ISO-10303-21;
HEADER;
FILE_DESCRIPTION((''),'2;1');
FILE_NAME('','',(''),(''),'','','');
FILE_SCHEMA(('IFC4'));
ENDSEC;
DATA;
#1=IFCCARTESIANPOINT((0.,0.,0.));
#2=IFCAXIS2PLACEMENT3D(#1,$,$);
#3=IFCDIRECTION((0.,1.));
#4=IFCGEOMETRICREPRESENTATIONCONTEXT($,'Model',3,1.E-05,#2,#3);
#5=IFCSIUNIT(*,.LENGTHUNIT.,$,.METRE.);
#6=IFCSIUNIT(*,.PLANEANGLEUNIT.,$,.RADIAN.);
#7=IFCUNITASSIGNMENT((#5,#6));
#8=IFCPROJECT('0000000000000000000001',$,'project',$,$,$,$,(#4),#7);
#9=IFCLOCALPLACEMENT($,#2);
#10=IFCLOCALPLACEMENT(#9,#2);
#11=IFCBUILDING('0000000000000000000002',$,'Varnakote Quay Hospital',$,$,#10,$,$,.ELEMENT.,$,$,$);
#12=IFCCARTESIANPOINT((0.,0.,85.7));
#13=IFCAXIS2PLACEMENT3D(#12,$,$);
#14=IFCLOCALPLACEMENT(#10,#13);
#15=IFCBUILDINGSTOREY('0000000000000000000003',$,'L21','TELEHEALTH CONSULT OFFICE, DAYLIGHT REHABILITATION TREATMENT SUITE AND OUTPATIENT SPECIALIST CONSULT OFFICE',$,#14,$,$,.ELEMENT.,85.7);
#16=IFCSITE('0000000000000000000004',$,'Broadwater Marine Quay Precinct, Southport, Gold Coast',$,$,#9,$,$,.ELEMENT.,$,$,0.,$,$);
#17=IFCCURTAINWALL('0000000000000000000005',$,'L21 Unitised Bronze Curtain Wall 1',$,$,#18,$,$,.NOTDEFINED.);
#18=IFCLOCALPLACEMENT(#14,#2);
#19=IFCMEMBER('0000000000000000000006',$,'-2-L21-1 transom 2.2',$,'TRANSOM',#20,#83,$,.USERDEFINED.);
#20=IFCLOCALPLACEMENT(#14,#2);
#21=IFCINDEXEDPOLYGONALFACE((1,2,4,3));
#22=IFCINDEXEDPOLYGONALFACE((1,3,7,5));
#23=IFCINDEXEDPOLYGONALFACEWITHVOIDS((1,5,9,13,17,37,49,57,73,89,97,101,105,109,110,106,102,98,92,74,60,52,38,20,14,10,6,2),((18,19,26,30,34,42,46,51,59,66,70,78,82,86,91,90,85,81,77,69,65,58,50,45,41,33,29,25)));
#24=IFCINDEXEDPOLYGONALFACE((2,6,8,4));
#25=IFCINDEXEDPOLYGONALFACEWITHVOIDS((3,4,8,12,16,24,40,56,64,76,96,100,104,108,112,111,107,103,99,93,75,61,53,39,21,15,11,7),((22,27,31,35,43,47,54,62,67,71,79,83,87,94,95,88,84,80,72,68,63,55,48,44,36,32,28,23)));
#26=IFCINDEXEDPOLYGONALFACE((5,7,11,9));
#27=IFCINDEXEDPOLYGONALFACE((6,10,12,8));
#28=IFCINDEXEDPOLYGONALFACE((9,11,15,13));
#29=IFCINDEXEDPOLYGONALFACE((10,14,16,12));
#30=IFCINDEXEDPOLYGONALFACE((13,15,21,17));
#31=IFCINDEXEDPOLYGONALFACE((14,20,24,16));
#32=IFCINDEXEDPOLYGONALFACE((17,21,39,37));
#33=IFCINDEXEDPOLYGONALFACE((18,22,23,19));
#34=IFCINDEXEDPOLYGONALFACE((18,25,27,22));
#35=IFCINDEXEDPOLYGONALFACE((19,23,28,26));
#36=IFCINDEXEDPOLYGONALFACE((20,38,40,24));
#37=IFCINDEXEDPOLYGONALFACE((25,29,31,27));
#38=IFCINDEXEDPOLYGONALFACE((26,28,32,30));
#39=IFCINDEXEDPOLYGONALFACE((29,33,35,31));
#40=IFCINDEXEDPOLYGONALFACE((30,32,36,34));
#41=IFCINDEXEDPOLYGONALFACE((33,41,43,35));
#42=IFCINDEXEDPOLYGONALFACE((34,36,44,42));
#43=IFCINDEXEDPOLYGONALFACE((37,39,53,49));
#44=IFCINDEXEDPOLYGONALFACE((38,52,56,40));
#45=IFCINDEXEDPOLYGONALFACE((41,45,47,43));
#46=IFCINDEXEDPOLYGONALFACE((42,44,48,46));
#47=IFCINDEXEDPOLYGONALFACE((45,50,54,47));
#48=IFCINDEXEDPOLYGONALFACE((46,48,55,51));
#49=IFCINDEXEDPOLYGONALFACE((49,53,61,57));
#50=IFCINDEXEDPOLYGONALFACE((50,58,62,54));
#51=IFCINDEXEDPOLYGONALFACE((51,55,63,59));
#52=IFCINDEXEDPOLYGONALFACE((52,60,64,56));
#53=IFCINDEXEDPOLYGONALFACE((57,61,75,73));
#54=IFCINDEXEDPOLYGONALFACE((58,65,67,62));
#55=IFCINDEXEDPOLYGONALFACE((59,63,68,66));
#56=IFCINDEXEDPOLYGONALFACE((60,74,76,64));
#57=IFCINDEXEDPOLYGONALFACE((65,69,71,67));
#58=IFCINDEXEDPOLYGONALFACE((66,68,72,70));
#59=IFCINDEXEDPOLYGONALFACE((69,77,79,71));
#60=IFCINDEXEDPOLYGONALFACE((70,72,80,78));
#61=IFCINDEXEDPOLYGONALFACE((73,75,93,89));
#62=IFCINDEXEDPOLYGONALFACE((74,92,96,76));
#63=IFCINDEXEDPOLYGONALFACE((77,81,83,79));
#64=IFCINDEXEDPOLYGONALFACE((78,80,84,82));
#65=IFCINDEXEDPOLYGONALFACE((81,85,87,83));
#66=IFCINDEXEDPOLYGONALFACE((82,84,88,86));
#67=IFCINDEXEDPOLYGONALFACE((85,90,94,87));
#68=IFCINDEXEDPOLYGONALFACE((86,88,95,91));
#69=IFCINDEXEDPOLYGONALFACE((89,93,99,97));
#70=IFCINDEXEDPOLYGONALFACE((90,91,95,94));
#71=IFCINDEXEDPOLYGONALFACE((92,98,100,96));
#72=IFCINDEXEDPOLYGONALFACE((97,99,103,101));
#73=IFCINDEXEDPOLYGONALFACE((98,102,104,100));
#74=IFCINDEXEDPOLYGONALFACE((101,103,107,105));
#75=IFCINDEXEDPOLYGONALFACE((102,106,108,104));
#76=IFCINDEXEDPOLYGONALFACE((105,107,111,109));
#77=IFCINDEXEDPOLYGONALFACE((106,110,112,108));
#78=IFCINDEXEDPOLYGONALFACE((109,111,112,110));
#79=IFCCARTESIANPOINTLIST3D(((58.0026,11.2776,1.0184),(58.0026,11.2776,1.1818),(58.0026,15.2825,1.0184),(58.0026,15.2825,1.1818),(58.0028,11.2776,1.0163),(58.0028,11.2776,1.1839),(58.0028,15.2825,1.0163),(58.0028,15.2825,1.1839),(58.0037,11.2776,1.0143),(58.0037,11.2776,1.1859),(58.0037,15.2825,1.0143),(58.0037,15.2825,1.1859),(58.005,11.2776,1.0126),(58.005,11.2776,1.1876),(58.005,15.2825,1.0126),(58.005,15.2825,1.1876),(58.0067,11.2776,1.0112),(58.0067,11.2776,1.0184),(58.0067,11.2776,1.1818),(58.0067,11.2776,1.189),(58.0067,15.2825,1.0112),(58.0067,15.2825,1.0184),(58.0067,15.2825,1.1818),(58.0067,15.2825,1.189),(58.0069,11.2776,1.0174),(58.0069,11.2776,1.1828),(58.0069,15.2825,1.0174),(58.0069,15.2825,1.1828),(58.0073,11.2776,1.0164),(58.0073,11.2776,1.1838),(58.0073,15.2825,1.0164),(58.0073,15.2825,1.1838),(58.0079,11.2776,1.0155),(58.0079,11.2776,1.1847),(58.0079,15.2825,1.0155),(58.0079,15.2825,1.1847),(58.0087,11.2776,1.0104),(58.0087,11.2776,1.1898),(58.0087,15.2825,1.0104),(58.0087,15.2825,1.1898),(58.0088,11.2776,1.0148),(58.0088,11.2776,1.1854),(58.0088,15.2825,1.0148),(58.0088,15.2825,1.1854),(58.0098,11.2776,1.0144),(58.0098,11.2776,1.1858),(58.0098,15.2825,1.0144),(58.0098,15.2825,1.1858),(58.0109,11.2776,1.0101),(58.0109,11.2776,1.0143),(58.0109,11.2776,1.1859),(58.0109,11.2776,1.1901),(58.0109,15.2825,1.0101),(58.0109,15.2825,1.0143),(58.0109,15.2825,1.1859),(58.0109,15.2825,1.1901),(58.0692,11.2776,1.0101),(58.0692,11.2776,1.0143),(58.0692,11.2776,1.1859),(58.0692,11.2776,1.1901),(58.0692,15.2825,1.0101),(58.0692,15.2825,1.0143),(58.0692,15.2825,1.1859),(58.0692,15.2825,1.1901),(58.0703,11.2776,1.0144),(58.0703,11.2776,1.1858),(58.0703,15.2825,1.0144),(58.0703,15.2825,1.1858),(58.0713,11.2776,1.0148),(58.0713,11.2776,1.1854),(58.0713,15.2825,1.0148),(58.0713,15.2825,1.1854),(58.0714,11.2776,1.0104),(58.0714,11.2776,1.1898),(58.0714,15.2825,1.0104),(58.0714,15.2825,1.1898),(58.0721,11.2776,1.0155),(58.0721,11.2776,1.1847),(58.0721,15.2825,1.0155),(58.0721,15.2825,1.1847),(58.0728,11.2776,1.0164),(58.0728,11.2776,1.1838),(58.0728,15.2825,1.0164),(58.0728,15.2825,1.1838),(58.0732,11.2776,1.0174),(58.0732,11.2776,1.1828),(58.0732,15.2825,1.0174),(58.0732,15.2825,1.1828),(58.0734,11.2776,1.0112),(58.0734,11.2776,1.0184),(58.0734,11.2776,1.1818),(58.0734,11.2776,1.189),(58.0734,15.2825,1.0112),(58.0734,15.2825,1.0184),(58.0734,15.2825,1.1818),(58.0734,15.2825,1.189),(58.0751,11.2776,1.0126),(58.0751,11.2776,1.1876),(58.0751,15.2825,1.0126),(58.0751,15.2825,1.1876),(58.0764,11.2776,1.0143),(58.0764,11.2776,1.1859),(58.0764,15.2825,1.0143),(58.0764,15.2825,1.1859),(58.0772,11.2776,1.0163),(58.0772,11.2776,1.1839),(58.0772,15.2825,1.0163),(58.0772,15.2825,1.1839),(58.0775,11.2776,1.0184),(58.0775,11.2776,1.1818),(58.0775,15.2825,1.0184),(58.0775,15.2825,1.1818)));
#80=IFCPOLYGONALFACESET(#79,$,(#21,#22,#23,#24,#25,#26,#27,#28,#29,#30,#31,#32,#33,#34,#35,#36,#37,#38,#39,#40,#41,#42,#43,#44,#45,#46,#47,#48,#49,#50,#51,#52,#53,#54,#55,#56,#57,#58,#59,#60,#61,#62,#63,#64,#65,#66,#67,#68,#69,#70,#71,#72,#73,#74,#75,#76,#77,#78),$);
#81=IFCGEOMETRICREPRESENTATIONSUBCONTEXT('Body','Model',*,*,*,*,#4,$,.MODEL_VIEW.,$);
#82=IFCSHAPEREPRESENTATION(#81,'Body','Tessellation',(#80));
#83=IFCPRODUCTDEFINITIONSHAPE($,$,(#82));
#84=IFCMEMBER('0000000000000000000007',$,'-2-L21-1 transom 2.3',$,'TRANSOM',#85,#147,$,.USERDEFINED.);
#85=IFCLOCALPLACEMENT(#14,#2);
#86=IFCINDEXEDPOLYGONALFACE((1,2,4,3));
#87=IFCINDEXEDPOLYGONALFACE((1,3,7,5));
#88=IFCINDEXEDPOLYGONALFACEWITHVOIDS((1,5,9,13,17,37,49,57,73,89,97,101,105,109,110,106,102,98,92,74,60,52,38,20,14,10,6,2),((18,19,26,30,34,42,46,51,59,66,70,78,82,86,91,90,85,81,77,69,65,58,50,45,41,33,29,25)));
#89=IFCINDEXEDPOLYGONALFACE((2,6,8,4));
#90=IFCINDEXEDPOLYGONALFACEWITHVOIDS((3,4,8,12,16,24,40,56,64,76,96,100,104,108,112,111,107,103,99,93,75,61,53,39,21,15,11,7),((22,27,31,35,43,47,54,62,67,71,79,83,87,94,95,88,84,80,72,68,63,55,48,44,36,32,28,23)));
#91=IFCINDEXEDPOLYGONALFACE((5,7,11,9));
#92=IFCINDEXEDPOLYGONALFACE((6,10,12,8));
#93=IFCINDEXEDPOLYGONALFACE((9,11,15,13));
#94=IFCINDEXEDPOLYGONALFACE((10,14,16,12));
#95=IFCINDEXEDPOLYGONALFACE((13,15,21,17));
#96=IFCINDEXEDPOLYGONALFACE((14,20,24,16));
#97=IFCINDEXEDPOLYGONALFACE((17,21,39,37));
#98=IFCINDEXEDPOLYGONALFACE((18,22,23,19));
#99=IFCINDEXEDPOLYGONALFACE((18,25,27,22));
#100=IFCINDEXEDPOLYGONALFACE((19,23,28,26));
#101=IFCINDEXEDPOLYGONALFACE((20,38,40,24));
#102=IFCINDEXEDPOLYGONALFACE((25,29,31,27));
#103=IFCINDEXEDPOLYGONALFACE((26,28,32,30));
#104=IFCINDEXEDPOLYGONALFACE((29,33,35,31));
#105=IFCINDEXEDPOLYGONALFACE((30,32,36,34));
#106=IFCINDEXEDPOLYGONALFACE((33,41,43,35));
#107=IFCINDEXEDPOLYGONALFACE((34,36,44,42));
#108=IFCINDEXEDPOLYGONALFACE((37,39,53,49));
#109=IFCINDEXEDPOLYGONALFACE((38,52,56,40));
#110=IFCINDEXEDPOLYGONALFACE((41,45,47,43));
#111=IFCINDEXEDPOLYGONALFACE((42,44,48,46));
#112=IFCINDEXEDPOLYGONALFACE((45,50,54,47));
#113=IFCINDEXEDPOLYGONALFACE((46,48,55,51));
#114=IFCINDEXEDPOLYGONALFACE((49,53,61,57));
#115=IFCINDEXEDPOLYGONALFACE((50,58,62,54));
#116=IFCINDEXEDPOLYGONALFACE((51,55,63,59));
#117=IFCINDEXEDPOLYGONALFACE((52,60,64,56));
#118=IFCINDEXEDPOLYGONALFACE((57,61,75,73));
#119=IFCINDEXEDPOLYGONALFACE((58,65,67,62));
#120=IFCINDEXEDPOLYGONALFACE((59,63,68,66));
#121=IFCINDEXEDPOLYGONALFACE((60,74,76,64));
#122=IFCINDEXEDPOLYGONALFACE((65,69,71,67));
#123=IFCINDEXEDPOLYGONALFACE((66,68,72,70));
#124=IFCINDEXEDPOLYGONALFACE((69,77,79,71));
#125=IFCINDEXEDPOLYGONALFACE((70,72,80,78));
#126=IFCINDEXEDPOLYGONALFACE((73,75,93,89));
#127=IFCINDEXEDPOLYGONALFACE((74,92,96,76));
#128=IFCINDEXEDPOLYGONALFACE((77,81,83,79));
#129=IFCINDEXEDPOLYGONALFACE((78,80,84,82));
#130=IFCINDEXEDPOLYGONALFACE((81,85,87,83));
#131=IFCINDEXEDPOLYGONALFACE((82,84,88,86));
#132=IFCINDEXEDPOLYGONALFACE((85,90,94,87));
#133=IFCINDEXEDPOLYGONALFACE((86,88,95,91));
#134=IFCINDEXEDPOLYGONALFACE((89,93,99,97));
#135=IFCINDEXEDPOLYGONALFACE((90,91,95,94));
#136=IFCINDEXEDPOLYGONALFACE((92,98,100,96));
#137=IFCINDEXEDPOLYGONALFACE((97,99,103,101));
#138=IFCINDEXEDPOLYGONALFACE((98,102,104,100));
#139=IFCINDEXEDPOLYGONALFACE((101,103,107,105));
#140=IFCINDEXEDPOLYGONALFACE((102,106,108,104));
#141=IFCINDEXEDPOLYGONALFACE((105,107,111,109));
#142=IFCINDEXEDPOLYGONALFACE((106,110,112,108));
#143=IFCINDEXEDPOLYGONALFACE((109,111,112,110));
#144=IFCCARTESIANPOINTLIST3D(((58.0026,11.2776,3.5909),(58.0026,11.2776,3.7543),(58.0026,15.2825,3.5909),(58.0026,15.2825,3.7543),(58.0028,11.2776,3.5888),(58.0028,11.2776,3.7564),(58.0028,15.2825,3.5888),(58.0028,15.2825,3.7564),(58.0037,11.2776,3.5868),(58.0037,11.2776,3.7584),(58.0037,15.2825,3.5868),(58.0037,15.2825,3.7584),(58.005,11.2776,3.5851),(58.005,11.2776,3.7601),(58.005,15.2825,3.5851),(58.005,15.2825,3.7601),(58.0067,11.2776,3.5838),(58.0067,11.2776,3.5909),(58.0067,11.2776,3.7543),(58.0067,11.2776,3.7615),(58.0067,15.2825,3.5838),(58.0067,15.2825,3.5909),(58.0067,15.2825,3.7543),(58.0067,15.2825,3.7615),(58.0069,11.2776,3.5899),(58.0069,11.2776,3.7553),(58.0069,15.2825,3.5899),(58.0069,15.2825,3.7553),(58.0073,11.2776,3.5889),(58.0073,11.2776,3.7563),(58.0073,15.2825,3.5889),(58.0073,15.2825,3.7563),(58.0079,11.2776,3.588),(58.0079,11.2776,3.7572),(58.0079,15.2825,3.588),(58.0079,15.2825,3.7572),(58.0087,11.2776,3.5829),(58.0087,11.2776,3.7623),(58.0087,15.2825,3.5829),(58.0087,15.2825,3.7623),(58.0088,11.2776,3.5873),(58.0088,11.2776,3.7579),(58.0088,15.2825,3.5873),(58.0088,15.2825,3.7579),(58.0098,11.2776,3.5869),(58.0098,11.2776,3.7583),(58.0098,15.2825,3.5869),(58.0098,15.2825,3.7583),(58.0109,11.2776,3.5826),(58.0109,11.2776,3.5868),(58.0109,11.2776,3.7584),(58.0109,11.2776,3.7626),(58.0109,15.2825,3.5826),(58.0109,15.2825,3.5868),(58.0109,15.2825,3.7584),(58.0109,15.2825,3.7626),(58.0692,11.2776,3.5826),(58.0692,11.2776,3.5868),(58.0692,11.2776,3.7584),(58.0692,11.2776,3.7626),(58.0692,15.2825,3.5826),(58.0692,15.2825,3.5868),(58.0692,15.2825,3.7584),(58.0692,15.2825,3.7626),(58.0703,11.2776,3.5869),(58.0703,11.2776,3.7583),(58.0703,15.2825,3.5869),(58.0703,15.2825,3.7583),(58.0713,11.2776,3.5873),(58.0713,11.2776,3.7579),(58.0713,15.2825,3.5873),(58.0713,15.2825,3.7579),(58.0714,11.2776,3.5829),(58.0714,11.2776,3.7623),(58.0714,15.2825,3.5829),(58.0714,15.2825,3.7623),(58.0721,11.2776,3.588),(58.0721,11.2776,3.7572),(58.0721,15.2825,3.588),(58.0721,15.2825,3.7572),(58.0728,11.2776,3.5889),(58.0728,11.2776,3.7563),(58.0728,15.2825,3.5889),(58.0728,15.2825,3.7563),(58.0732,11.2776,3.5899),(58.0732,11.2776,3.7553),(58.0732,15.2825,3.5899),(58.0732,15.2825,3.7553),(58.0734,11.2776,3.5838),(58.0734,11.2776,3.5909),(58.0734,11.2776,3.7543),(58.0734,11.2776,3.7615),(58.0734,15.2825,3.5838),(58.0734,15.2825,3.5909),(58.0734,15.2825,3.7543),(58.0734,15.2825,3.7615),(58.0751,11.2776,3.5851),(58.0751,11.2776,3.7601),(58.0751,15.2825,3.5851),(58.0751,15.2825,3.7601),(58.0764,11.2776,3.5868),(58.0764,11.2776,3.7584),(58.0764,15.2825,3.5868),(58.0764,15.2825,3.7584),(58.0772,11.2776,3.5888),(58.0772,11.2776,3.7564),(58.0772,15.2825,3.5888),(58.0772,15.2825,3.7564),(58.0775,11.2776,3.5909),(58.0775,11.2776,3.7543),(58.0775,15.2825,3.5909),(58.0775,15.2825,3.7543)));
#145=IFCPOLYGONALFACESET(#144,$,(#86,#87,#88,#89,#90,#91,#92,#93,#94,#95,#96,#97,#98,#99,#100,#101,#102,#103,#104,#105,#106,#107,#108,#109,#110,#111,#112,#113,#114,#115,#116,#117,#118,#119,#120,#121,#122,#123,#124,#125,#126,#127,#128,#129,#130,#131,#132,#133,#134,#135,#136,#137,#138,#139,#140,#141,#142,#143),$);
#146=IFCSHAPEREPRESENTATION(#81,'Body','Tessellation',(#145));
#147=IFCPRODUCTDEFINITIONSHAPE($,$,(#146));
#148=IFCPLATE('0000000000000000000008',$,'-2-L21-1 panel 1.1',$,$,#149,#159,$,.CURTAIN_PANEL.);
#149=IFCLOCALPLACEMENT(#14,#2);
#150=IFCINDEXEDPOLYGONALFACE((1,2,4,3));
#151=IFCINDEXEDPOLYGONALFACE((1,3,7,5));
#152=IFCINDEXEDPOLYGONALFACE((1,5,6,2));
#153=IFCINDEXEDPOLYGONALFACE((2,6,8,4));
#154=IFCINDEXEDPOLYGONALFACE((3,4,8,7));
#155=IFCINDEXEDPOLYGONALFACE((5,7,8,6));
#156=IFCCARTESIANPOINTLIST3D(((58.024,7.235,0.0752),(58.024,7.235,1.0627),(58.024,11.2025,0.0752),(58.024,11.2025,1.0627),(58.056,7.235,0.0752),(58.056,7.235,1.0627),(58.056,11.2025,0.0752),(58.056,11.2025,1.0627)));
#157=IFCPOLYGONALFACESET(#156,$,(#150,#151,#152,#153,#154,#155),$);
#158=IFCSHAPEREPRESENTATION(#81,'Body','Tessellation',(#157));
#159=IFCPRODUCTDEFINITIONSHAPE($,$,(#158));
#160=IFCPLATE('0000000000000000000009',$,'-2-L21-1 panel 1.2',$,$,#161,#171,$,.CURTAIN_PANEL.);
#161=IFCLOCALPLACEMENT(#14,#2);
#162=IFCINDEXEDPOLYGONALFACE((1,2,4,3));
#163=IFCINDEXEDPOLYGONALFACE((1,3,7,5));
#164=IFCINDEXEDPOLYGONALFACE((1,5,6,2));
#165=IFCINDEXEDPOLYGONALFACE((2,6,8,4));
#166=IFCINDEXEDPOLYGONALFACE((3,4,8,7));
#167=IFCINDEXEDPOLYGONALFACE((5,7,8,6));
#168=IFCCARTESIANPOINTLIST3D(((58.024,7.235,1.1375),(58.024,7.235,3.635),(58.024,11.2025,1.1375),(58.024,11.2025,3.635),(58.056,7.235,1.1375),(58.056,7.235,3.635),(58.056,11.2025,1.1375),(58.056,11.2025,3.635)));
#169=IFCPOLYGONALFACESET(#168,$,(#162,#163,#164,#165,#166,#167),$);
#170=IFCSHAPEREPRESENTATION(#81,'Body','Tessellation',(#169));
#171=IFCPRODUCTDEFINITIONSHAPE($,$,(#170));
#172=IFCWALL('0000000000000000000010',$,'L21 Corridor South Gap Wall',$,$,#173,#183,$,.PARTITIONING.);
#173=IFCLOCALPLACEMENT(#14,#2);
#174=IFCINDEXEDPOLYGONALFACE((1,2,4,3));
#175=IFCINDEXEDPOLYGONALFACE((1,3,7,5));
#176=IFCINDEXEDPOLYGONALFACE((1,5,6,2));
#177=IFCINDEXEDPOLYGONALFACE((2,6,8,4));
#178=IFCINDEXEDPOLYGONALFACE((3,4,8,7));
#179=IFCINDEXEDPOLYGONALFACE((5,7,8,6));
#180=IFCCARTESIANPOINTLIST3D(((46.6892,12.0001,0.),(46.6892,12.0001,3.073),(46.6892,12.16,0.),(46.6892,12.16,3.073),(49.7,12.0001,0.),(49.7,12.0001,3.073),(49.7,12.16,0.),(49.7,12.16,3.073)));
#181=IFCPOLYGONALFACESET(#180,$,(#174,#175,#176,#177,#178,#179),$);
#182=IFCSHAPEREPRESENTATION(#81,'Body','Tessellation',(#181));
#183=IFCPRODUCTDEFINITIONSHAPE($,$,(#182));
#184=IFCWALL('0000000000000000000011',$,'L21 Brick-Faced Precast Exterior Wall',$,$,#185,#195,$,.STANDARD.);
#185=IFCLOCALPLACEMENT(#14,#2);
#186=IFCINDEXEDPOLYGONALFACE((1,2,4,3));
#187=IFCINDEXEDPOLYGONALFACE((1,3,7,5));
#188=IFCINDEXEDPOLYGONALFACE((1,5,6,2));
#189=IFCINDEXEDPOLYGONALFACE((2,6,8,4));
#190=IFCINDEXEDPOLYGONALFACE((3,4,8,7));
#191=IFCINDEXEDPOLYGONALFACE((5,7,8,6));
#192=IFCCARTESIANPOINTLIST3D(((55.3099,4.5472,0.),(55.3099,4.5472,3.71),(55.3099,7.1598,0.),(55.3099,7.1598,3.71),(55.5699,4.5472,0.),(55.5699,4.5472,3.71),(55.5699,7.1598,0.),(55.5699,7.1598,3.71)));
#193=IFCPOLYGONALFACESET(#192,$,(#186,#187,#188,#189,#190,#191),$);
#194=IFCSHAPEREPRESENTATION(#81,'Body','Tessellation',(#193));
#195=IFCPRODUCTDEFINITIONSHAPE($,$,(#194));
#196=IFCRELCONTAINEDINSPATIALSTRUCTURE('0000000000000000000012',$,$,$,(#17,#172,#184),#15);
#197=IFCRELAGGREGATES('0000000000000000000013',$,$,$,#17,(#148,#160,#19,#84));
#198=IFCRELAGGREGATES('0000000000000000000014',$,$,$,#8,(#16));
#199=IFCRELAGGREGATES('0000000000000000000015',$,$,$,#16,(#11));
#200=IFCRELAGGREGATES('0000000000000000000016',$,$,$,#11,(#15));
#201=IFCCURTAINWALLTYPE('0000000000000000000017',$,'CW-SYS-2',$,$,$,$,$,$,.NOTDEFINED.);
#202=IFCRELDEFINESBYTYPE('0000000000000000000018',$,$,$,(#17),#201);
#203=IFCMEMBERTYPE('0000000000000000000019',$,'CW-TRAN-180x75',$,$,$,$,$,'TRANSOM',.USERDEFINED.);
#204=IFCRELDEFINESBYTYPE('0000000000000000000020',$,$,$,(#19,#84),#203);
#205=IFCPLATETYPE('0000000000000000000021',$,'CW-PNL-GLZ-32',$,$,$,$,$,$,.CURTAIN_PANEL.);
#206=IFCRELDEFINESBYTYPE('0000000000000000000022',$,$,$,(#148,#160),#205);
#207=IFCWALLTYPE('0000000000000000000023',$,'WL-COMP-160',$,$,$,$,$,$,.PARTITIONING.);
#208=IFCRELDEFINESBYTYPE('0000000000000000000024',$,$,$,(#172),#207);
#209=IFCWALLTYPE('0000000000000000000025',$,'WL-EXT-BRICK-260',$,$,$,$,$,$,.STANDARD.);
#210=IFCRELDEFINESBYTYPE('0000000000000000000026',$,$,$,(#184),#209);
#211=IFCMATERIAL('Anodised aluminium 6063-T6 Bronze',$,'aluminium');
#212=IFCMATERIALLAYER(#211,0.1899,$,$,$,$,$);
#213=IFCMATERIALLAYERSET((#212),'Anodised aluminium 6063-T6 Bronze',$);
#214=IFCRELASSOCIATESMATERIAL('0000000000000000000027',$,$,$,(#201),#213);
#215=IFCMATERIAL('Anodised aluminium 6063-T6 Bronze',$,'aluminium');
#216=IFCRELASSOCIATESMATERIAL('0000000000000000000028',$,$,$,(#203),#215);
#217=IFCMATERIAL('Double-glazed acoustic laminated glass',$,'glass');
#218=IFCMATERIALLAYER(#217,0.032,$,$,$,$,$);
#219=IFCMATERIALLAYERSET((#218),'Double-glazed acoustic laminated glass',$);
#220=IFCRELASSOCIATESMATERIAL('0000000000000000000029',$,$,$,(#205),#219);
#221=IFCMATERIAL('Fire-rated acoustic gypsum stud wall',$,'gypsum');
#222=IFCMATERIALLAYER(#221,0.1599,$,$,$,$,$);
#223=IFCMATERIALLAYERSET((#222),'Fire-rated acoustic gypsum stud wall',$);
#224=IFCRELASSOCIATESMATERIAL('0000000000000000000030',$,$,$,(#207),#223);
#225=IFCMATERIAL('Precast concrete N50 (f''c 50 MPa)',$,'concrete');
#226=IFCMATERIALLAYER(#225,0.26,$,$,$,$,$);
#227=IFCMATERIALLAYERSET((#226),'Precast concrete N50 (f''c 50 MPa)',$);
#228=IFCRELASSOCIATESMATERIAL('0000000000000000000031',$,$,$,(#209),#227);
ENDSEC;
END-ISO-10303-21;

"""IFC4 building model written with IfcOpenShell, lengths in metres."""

from ifc_helpers import new_model, si_unit, direction, frame, frame_2d, origin, origin_2d, place, context, subcontext, project, spatial, rectangle, hollow_rectangle, extrude, material, layer, layer_set, material_profile, profile_set, type_object, element, aggregate, save


model = new_model("IFC4")

# Units and contexts
model_context = context("Model", 3, precision=1e-05, world=origin(), true_north=direction((0.0, 1.0)))
body_context = subcontext(model_context, "Body", "Model", "MODEL_VIEW")
ifc_project = project(units=[si_unit("LENGTHUNIT", "METRE"), si_unit("PLANEANGLEUNIT", "RADIAN")], contexts=[model_context])

# Site, building, storey
site_placement = place(None, origin())
site = spatial("IfcSite", under=ifc_project, at=site_placement, Name="Broadwater Marine Quay Precinct, Southport, Gold Coast", CompositionType="ELEMENT", RefElevation=0.0)
building_placement = place(site_placement, origin())
building = spatial("IfcBuilding", under=site, at=building_placement, Name="Varnakote Quay Hospital", CompositionType="ELEMENT")
storey_placement = place(building_placement, frame((0.0, 0.0, 85.7)))
storey = spatial("IfcBuildingStorey", under=building, at=storey_placement, Name="L21", Description="TELEHEALTH CONSULT OFFICE, DAYLIGHT REHABILITATION TREATMENT SUITE AND OUTPATIENT SPECIALIST CONSULT OFFICE", CompositionType="ELEMENT", Elevation=85.7)

# Curtain wall, members, plates
ifc_material_1 = material(Name="Anodised aluminium 6063-T6 Bronze", Category="aluminium")
ifc_layer_1 = layer(ifc_material_1, 0.1899)
ifc_layer_set_1 = layer_set([ifc_layer_1], Name="Anodised aluminium 6063-T6 Bronze")
curtain_wall_type = type_object("IfcCurtainWallType", Name="CW-SYS-2", PredefinedType="NOTDEFINED", material=ifc_layer_set_1)
curtain_wall_placement = place(storey_placement, origin())
curtain_wall = element("IfcCurtainWall", 1, at=curtain_wall_placement, inside=storey, type_object=curtain_wall_type, Name="L21 Unitised Bronze Curtain Wall 1", PredefinedType="NOTDEFINED")
ifc_material_2 = material(Name="Anodised aluminium 6063-T6 Bronze", Category="aluminium")
ifc_material_profile_1 = material_profile(ifc_material_2, hollow_rectangle(XDim=0.075, YDim=0.1799, WallThickness=0.0042, InnerFilletRadius=0.0042, OuterFilletRadius=0.0083, at=origin_2d()), Name="CW-TRAN-180x75")
ifc_profile_set_1 = profile_set([ifc_material_profile_1], Name="Anodised aluminium 6063-T6 Bronze")
member_type_1 = type_object("IfcMemberType", Name="CW-TRAN-180x75", ElementType="TRANSOM", PredefinedType="USERDEFINED", material=ifc_profile_set_1)
member_1_placement = place(storey_placement, frame((58.04, 11.2776, 1.1001), z_axis=(0.0, 1.0, 0.0), x_axis=(-1.0, 0.0, 0.0)))
member_1 = element("IfcMember", 2, at=member_1_placement, type_object=member_type_1, Name="-2-L21-1 transom 2.2", ObjectType="TRANSOM", PredefinedType="USERDEFINED", context=body_context, shape_type="SweptSolid", body=[
    extrude(hollow_rectangle(XDim=0.075, YDim=0.1799, WallThickness=0.0042, InnerFilletRadius=0.0042, OuterFilletRadius=0.0083, at=origin_2d()), origin(), (0.0, 0.0, 1.0), 4.0049),
])
member_2_placement = place(storey_placement, frame((58.04, 11.2776, 3.6726), z_axis=(0.0, 1.0, 0.0), x_axis=(-1.0, 0.0, 0.0)))
member_2 = element("IfcMember", 3, at=member_2_placement, type_object=member_type_1, Name="-2-L21-1 transom 2.3", ObjectType="TRANSOM", PredefinedType="USERDEFINED", context=body_context, shape_type="SweptSolid", body=[
    extrude(hollow_rectangle(XDim=0.075, YDim=0.1799, WallThickness=0.0042, InnerFilletRadius=0.0042, OuterFilletRadius=0.0083, at=origin_2d()), origin(), (0.0, 0.0, 1.0), 4.0049),
])
ifc_material_3 = material(Name="Double-glazed acoustic laminated glass", Category="glass")
ifc_layer_2 = layer(ifc_material_3, 0.032)
ifc_layer_set_2 = layer_set([ifc_layer_2], Name="Double-glazed acoustic laminated glass")
plate_type = type_object("IfcPlateType", Name="CW-PNL-GLZ-32", PredefinedType="CURTAIN_PANEL", material=ifc_layer_set_2)
plate_1_placement = place(storey_placement, frame((58.04, 9.2188, 0.0752), z_axis=(0.0, 0.0, 1.0), x_axis=(0.0, 1.0, 0.0)))
plate_1 = element("IfcPlate", 4, at=plate_1_placement, type_object=plate_type, Name="-2-L21-1 panel 1.1", PredefinedType="CURTAIN_PANEL", context=body_context, shape_type="SweptSolid", body=[
    extrude(rectangle(XDim=3.9675, YDim=0.032, at=origin_2d()), origin(), (0.0, 0.0, 1.0), 0.9875),
])
plate_2_placement = place(storey_placement, frame((58.04, 9.2188, 1.1375), z_axis=(0.0, 0.0, 1.0), x_axis=(0.0, 1.0, 0.0)))
plate_2 = element("IfcPlate", 5, at=plate_2_placement, type_object=plate_type, Name="-2-L21-1 panel 1.2", PredefinedType="CURTAIN_PANEL", context=body_context, shape_type="SweptSolid", body=[
    extrude(rectangle(XDim=3.9675, YDim=0.032, at=origin_2d()), origin(), (0.0, 0.0, 1.0), 2.4976),
])
aggregate(curtain_wall, [plate_1, plate_2, member_1, member_2])

# Walls
ifc_material_4 = material(Name="Fire-rated acoustic gypsum stud wall", Category="gypsum")
ifc_layer_3 = layer(ifc_material_4, 0.1599)
ifc_layer_set_3 = layer_set([ifc_layer_3], Name="Fire-rated acoustic gypsum stud wall")
wall_type_1 = type_object("IfcWallType", Name="WL-COMP-160", PredefinedType="PARTITIONING", material=ifc_layer_set_3)
wall_1_placement = place(storey_placement, frame((46.6892, 12.0801, 0.0), z_axis=(0.0, 0.0, 1.0), x_axis=(1.0, 0.0, 0.0)))
element("IfcWall", 6, at=wall_1_placement, inside=storey, type_object=wall_type_1, Name="L21 Corridor South Gap Wall", PredefinedType="PARTITIONING", context=body_context, shape_type="SweptSolid", body=[
    extrude(rectangle(XDim=3.0107, YDim=0.1599, at=frame_2d((1.5054, 0.0))), origin(), (0.0, 0.0, 1.0), 3.073),
])
ifc_material_5 = material(Name="Precast concrete N50 (f'c 50 MPa)", Category="concrete")
ifc_layer_4 = layer(ifc_material_5, 0.26)
ifc_layer_set_4 = layer_set([ifc_layer_4], Name="Precast concrete N50 (f'c 50 MPa)")
wall_type_2 = type_object("IfcWallType", Name="WL-EXT-BRICK-260", PredefinedType="STANDARD", material=ifc_layer_set_4)
wall_2_placement = place(storey_placement, frame((55.4399, 4.5474, 0.0), z_axis=(0.0, 0.0, 1.0), x_axis=(0.0, 1.0, 0.0)))
element("IfcWall", 7, at=wall_2_placement, inside=storey, type_object=wall_type_2, Name="L21 Brick-Faced Precast Exterior Wall", PredefinedType="STANDARD", context=body_context, shape_type="SweptSolid", body=[
    extrude(rectangle(XDim=2.6125, YDim=0.26, at=frame_2d((1.3062, 0.0))), origin(), (0.0, 0.0, 1.0), 3.71),
])

save(model, "model.ifc")
